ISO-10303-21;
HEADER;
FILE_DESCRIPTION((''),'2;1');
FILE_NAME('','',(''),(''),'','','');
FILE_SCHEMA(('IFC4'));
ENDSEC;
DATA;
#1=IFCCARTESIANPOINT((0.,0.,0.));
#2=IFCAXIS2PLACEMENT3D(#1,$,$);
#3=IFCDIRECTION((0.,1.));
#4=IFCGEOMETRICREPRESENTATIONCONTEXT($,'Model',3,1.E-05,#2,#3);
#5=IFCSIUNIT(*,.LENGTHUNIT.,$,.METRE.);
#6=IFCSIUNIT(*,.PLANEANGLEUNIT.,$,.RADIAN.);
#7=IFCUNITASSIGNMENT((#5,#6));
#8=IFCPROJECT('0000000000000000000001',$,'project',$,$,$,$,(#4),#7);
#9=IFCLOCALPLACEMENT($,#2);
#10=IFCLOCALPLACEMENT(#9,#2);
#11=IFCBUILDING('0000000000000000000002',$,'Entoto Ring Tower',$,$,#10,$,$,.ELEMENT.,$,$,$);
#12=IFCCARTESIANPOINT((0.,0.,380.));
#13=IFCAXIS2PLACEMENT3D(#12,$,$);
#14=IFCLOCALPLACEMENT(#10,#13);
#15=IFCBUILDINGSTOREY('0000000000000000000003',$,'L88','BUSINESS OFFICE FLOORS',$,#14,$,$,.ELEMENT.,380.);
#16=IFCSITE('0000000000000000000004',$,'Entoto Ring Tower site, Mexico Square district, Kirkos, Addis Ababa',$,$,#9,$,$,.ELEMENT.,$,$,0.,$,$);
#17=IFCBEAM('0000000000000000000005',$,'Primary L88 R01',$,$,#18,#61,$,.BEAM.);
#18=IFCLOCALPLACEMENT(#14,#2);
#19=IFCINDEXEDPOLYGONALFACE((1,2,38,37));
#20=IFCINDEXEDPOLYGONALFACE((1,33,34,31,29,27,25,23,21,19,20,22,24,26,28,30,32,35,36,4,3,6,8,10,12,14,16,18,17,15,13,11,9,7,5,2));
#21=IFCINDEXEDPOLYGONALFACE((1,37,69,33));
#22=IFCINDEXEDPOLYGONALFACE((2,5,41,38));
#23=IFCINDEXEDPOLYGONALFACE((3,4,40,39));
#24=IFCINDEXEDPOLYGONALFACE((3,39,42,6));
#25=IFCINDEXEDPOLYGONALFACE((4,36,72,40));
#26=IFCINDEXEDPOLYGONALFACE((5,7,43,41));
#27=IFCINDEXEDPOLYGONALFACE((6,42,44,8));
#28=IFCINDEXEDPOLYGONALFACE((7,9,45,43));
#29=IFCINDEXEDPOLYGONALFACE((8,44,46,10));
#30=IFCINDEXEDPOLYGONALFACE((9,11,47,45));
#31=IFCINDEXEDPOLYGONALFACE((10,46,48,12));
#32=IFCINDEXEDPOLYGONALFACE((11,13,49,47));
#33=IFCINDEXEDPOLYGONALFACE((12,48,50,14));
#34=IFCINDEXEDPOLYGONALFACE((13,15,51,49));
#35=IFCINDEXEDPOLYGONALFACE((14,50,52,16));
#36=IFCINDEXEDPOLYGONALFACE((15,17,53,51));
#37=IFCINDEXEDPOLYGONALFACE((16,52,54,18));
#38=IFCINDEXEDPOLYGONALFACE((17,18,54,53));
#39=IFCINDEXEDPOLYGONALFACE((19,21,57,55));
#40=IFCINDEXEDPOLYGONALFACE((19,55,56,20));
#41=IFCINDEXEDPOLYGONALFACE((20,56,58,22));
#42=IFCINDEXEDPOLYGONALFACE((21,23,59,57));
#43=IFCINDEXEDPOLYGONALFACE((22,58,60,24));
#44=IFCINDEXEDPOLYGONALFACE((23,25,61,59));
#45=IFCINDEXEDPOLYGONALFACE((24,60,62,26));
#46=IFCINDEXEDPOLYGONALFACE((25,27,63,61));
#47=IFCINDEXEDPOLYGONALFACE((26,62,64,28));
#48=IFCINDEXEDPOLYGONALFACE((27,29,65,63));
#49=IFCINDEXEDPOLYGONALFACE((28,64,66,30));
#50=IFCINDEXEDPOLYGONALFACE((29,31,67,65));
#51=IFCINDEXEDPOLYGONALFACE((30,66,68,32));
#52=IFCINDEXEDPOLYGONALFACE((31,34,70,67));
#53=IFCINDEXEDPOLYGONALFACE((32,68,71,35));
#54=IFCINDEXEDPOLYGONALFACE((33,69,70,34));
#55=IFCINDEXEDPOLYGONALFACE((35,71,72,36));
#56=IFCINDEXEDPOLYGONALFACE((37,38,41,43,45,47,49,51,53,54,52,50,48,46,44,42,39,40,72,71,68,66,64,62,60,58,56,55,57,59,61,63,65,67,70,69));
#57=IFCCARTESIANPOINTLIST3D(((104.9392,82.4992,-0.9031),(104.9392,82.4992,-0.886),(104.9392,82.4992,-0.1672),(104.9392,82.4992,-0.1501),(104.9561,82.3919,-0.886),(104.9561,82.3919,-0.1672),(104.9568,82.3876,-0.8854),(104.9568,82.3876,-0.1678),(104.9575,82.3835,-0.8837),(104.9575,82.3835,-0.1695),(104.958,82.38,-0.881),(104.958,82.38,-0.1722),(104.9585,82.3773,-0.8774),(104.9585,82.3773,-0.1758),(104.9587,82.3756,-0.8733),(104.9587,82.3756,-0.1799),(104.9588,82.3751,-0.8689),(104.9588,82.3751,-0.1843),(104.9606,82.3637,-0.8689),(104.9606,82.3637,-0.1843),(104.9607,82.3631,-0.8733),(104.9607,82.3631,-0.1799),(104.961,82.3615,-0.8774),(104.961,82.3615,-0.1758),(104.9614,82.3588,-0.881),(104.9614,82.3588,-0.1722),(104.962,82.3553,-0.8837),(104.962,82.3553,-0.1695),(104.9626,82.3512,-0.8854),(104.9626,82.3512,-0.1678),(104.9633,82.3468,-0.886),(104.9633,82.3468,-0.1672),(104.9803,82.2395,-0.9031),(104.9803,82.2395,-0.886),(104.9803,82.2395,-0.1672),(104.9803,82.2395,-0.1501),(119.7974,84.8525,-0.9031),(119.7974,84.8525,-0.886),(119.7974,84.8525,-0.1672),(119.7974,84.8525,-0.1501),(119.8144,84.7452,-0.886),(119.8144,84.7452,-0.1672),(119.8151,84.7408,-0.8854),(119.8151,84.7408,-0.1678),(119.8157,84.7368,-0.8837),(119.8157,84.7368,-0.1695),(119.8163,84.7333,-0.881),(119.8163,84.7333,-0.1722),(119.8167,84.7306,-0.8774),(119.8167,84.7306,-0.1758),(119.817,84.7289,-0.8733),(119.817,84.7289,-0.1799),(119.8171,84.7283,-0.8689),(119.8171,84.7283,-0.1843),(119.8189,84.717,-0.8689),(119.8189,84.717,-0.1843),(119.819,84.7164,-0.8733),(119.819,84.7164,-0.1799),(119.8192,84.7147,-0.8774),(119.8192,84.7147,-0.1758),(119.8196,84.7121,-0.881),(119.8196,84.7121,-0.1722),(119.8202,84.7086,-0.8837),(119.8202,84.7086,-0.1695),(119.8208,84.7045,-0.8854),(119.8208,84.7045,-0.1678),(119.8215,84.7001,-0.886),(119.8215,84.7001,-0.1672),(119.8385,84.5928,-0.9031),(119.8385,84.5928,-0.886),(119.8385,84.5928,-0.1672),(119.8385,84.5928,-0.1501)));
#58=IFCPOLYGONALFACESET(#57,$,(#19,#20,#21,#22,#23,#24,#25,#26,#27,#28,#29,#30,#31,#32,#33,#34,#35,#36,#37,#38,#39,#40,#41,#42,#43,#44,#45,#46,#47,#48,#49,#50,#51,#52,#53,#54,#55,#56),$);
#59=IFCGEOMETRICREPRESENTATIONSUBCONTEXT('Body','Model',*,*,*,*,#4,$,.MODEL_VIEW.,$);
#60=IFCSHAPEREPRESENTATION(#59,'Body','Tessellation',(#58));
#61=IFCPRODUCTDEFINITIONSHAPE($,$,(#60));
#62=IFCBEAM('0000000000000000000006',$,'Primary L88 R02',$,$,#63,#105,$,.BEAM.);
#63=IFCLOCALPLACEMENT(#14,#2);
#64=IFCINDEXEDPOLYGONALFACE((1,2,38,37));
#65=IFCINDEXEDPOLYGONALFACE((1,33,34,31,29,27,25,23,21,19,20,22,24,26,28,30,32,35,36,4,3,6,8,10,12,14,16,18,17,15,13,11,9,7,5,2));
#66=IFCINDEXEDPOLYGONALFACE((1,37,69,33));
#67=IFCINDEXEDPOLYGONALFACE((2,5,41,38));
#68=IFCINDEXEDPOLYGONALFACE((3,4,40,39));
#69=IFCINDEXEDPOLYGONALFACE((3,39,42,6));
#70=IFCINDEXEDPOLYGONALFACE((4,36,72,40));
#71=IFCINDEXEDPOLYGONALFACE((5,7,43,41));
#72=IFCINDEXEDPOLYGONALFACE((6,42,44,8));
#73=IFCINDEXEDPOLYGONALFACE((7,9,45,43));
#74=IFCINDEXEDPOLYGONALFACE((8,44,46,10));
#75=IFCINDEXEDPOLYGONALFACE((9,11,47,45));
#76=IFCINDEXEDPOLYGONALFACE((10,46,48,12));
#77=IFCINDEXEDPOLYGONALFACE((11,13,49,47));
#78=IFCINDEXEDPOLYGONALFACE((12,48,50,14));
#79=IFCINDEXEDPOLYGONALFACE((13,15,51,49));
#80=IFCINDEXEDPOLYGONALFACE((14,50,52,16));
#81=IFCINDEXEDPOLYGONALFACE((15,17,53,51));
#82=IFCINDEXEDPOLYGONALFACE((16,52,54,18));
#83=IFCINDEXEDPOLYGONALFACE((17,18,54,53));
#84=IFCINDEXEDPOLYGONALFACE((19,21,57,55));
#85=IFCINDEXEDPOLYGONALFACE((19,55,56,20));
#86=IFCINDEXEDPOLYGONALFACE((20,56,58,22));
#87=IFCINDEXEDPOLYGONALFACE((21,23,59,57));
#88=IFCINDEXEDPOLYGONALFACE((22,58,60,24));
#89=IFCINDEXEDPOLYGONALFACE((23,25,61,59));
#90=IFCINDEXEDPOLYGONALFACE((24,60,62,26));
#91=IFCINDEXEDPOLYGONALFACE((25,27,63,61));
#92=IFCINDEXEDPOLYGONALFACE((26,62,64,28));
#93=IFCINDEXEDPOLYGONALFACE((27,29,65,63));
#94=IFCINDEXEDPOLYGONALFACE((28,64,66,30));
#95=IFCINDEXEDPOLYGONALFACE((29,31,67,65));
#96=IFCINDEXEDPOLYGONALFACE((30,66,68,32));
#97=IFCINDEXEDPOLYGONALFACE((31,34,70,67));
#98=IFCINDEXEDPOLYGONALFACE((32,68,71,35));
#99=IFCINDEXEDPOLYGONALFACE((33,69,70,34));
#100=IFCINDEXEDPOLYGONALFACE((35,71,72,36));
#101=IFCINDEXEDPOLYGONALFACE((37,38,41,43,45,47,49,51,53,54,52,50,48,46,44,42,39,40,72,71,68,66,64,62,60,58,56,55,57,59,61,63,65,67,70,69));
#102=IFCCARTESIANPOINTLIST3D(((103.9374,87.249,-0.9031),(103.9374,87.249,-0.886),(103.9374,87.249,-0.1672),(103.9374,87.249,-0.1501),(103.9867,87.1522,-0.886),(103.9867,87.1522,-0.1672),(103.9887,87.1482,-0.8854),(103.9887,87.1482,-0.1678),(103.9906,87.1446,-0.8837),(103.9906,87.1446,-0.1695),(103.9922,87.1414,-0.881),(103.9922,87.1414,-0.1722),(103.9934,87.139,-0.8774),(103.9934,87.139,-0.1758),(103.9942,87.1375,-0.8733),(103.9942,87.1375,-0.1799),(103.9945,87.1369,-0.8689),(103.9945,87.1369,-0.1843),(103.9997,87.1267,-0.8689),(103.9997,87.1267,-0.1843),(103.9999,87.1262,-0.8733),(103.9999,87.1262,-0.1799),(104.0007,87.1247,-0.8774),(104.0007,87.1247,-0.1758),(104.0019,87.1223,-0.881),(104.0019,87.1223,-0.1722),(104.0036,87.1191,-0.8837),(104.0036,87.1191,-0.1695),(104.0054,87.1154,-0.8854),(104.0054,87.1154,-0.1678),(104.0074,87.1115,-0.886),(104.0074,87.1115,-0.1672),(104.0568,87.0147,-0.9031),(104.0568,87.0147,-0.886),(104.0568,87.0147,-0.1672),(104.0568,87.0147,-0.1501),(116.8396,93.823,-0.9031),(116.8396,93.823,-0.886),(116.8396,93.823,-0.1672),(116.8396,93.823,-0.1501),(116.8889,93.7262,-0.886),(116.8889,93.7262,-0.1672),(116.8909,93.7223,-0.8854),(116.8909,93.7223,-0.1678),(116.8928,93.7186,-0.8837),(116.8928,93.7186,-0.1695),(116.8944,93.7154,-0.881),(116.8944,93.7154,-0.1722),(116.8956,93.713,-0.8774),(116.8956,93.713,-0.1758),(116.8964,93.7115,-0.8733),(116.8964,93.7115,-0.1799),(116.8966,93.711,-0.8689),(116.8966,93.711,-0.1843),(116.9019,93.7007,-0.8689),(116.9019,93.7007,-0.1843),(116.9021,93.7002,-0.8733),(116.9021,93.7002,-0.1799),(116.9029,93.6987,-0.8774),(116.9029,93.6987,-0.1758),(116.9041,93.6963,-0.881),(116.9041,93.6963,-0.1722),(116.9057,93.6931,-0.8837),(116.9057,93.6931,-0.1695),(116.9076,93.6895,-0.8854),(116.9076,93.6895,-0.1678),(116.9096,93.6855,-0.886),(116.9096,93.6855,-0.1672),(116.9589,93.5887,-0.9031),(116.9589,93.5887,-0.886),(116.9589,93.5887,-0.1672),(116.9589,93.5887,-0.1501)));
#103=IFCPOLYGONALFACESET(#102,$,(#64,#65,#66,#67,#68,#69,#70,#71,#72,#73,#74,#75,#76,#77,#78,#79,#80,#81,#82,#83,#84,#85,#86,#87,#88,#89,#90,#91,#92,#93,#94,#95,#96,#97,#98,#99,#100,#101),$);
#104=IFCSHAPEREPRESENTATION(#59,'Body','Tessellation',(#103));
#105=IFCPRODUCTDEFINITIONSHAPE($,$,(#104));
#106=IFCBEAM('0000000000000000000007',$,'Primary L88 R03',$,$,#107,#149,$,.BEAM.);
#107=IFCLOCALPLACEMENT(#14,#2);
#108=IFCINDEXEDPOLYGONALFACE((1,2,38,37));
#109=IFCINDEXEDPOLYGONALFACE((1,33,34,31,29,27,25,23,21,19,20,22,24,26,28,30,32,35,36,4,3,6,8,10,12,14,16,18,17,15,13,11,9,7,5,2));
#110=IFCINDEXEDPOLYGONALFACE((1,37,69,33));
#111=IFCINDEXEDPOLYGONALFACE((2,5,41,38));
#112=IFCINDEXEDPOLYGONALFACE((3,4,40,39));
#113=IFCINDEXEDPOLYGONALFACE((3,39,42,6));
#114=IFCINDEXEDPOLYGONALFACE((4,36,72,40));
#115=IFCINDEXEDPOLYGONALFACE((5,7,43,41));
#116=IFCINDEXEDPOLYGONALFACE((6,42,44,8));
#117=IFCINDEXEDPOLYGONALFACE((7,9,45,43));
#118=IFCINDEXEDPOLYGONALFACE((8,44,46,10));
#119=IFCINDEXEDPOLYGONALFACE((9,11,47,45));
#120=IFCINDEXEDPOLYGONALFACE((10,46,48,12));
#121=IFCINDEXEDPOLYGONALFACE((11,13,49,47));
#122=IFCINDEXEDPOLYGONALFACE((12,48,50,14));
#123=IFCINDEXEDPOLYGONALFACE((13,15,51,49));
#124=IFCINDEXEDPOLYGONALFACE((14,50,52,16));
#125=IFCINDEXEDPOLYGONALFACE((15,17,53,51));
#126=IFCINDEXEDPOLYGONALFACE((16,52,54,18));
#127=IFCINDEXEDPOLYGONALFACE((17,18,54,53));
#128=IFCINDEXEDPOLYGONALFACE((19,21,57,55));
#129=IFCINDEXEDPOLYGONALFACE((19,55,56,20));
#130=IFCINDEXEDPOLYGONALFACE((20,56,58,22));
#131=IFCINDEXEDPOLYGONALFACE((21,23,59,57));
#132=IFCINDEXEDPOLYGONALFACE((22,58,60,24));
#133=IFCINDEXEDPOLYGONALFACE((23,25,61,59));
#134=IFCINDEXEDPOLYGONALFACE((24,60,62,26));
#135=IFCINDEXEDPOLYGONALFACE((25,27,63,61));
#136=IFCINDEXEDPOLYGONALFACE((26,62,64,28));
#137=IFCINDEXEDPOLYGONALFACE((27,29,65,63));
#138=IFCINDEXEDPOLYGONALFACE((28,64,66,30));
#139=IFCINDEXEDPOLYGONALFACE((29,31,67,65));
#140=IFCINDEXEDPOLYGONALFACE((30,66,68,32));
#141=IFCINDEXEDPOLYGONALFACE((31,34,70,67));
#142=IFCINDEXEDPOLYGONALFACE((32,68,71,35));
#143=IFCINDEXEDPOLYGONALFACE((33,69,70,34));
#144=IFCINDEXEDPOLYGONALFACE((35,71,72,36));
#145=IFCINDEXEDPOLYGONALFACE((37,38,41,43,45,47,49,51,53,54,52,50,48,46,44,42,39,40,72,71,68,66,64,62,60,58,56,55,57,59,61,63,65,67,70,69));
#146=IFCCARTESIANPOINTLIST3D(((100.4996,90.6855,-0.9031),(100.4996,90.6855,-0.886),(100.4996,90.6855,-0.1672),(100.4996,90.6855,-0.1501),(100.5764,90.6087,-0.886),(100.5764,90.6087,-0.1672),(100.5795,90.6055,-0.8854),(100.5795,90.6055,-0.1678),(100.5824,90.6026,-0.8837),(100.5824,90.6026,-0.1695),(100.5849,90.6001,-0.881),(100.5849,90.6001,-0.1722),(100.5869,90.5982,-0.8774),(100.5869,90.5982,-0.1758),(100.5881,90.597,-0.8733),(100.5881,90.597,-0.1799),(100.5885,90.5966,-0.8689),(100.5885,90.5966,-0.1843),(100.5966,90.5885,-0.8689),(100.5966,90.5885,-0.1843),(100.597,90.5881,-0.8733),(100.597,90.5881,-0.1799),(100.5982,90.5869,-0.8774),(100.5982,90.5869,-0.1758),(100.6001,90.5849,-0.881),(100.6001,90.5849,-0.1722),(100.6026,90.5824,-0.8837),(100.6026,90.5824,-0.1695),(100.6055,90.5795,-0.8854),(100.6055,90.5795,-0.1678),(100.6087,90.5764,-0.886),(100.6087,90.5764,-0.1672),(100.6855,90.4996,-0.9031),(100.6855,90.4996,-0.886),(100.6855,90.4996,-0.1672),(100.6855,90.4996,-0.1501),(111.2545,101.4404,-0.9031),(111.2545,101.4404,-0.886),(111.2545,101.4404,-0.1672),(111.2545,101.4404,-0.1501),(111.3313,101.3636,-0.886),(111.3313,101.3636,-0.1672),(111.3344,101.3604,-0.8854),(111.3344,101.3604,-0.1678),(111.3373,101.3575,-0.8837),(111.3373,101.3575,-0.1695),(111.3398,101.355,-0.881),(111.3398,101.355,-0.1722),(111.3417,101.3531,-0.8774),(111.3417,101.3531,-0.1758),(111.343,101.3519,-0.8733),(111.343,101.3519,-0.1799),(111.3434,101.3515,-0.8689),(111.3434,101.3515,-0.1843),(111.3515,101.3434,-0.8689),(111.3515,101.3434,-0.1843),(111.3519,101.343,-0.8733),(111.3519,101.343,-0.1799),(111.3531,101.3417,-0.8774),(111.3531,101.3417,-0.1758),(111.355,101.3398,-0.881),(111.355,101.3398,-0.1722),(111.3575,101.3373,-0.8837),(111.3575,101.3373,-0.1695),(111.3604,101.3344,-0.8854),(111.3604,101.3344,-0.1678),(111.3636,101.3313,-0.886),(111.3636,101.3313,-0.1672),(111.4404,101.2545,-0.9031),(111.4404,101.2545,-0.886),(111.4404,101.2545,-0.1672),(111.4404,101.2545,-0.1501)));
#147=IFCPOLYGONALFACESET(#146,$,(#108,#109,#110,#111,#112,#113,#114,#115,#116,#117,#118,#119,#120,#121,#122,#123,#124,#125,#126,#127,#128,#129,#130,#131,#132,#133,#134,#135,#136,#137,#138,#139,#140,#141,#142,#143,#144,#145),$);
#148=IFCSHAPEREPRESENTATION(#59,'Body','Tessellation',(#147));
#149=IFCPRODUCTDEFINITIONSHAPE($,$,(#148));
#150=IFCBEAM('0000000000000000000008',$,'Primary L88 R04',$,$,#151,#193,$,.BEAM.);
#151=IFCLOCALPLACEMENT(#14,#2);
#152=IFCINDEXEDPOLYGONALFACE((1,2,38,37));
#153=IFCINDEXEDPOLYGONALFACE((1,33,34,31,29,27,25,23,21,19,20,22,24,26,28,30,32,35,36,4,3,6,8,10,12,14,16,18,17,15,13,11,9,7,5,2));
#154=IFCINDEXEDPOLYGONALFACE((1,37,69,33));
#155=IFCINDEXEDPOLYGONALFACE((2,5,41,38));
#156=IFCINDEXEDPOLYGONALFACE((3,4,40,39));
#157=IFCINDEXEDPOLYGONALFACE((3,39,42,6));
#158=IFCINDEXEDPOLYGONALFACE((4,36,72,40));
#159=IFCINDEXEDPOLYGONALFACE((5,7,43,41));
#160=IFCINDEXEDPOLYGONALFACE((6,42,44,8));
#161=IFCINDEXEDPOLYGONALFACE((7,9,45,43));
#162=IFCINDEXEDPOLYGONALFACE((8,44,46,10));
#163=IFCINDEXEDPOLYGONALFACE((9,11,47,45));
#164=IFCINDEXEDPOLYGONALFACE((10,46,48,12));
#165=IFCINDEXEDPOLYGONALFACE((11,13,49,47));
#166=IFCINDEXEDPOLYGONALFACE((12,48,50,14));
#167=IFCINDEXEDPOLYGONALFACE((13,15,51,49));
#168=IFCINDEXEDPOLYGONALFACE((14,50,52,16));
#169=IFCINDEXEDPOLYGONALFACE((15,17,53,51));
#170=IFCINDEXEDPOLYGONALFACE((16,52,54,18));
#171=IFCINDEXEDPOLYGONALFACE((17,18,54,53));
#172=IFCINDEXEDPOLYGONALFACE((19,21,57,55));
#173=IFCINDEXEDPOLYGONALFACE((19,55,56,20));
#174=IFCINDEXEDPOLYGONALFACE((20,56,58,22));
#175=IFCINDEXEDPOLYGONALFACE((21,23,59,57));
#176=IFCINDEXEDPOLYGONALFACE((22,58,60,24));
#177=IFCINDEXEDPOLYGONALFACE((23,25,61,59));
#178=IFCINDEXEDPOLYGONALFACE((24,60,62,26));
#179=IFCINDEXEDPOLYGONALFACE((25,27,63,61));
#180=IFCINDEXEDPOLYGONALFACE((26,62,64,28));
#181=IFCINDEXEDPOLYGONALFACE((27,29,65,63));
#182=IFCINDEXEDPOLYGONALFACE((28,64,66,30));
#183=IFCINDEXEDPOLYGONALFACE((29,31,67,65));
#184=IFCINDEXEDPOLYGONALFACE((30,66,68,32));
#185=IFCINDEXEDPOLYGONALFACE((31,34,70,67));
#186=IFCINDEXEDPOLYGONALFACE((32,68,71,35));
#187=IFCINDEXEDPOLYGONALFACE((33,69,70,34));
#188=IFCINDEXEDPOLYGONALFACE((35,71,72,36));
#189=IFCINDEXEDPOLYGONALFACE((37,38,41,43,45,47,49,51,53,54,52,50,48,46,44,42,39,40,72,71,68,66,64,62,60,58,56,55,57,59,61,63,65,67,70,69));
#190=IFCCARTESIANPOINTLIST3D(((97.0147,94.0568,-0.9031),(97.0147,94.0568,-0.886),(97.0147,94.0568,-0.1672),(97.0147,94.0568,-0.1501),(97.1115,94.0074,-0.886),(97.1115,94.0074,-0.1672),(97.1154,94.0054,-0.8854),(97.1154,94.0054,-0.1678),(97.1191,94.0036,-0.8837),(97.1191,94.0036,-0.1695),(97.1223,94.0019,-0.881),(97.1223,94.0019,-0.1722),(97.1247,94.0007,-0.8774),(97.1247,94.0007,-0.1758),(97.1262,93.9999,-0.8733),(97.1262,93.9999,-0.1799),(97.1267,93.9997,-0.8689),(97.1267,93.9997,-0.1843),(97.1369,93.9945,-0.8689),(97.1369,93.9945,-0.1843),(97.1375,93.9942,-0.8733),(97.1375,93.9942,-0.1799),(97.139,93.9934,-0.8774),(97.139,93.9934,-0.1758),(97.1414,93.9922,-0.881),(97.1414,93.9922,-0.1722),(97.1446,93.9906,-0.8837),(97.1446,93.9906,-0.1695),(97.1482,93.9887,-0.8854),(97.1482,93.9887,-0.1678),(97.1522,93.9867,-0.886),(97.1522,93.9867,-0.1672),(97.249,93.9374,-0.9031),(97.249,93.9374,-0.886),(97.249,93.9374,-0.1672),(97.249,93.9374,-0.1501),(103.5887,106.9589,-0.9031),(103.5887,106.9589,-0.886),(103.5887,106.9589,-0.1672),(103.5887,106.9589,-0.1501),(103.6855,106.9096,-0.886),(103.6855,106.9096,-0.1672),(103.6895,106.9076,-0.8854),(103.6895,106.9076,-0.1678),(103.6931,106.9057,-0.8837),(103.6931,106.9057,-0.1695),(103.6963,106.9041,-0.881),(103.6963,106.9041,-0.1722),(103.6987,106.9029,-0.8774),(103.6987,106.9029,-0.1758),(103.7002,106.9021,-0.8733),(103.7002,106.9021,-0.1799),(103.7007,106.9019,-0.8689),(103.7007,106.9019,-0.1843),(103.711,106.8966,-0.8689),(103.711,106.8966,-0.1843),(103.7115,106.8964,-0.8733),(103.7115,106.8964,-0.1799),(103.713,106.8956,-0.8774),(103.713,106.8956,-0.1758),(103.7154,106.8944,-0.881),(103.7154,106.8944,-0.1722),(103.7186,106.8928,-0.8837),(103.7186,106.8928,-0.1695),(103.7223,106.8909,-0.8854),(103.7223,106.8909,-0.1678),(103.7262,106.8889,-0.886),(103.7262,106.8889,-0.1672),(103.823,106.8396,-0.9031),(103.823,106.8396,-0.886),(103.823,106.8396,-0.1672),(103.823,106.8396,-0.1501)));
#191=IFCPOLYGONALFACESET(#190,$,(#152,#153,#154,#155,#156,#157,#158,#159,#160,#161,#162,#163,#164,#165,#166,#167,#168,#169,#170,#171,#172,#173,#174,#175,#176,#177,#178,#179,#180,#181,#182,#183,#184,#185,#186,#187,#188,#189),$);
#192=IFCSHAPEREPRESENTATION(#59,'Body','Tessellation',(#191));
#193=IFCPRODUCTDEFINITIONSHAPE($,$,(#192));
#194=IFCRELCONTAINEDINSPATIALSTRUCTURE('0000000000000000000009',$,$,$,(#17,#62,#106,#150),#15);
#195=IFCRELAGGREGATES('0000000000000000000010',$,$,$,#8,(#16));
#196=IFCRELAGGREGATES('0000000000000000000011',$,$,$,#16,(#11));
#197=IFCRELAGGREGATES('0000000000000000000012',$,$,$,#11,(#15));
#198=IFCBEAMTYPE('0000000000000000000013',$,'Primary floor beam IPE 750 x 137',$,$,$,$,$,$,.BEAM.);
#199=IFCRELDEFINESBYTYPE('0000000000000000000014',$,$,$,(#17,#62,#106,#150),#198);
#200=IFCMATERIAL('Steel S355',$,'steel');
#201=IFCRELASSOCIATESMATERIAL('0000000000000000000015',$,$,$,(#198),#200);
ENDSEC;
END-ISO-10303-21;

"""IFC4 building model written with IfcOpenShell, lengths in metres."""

from ifc_helpers import new_model, si_unit, direction, frame, origin, origin_2d, place, context, subcontext, project, spatial, i_section, extrude, material, material_profile, profile_set, type_object, element, save


model = new_model("IFC4")

# Units and contexts
model_context = context("Model", 3, precision=1e-05, world=origin(), true_north=direction((0.0, 1.0)))
body_context = subcontext(model_context, "Body", "Model", "MODEL_VIEW")
ifc_project = project(units=[si_unit("LENGTHUNIT", "METRE"), si_unit("PLANEANGLEUNIT", "RADIAN")], contexts=[model_context])

# Site, building, storey
site_placement = place(None, origin())
site = spatial("IfcSite", under=ifc_project, at=site_placement, Name="Entoto Ring Tower site, Mexico Square district, Kirkos, Addis Ababa", CompositionType="ELEMENT", RefElevation=0.0)
building_placement = place(site_placement, origin())
building = spatial("IfcBuilding", under=site, at=building_placement, Name="Entoto Ring Tower", CompositionType="ELEMENT")
storey_placement = place(building_placement, frame((0.0, 0.0, 380.0)))
storey = spatial("IfcBuildingStorey", under=building, at=storey_placement, Name="L88", Description="BUSINESS OFFICE FLOORS", CompositionType="ELEMENT", Elevation=380.0)

# Beams
ifc_material_1 = material(Name="Steel S355", Category="steel")
ifc_material_profile_1 = material_profile(ifc_material_1, i_section(OverallWidth=0.2629, OverallDepth=0.7529, WebThickness=0.0115, FlangeThickness=0.0171, FilletRadius=0.0171, at=origin_2d()), Name="IPE 750 x 137")
ifc_profile_set_1 = profile_set([ifc_material_profile_1], Name="Steel S355")
beam_type_1 = type_object("IfcBeamType", Name="Primary floor beam IPE 750 x 137", PredefinedType="BEAM", material=ifc_profile_set_1)
beam_1_placement = place(storey_placement, frame((104.9597, 82.3694, -0.5266), z_axis=(0.987689, 0.156433, 0.0), x_axis=(-0.156433, 0.987689, 0.0)))
element("IfcBeam", 1, at=beam_1_placement, inside=storey, type_object=beam_type_1, Name="Primary L88 R01", PredefinedType="BEAM", context=body_context, shape_type="SweptSolid", body=[
    extrude(i_section(OverallWidth=0.2629, OverallDepth=0.7529, WebThickness=0.0115, FlangeThickness=0.0171, FilletRadius=0.0171, at=origin_2d()), origin(), (0.0, 0.0, 1.0), 15.0435),
])
beam_2_placement = place(storey_placement, frame((103.9971, 87.1318, -0.5266), z_axis=(0.891006, 0.453992, 0.0), x_axis=(-0.453992, 0.891006, 0.0)))
element("IfcBeam", 2, at=beam_2_placement, inside=storey, type_object=beam_type_1, Name="Primary L88 R02", PredefinedType="BEAM", context=body_context, shape_type="SweptSolid", body=[
    extrude(i_section(OverallWidth=0.2629, OverallDepth=0.7529, WebThickness=0.0115, FlangeThickness=0.0171, FilletRadius=0.0171, at=origin_2d()), origin(), (0.0, 0.0, 1.0), 14.4805),
])
beam_3_placement = place(storey_placement, frame((100.5925, 90.5925, -0.5266), z_axis=(0.707107, 0.707107, 0.0), x_axis=(-0.707107, 0.707107, 0.0)))
element("IfcBeam", 3, at=beam_3_placement, inside=storey, type_object=beam_type_1, Name="Primary L88 R03", PredefinedType="BEAM", context=body_context, shape_type="SweptSolid", body=[
    extrude(i_section(OverallWidth=0.2629, OverallDepth=0.7529, WebThickness=0.0115, FlangeThickness=0.0171, FilletRadius=0.0171, at=origin_2d()), origin(), (0.0, 0.0, 1.0), 15.2097),
])
beam_4_placement = place(storey_placement, frame((97.1318, 93.9971, -0.5266), z_axis=(0.453992, 0.891006, 0.0), x_axis=(-0.891006, 0.453992, 0.0)))
element("IfcBeam", 4, at=beam_4_placement, inside=storey, type_object=beam_type_1, Name="Primary L88 R04", PredefinedType="BEAM", context=body_context, shape_type="SweptSolid", body=[
    extrude(i_section(OverallWidth=0.2629, OverallDepth=0.7529, WebThickness=0.0115, FlangeThickness=0.0171, FilletRadius=0.0171, at=origin_2d()), origin(), (0.0, 0.0, 1.0), 14.4805),
])

save(model, "model.ifc")
